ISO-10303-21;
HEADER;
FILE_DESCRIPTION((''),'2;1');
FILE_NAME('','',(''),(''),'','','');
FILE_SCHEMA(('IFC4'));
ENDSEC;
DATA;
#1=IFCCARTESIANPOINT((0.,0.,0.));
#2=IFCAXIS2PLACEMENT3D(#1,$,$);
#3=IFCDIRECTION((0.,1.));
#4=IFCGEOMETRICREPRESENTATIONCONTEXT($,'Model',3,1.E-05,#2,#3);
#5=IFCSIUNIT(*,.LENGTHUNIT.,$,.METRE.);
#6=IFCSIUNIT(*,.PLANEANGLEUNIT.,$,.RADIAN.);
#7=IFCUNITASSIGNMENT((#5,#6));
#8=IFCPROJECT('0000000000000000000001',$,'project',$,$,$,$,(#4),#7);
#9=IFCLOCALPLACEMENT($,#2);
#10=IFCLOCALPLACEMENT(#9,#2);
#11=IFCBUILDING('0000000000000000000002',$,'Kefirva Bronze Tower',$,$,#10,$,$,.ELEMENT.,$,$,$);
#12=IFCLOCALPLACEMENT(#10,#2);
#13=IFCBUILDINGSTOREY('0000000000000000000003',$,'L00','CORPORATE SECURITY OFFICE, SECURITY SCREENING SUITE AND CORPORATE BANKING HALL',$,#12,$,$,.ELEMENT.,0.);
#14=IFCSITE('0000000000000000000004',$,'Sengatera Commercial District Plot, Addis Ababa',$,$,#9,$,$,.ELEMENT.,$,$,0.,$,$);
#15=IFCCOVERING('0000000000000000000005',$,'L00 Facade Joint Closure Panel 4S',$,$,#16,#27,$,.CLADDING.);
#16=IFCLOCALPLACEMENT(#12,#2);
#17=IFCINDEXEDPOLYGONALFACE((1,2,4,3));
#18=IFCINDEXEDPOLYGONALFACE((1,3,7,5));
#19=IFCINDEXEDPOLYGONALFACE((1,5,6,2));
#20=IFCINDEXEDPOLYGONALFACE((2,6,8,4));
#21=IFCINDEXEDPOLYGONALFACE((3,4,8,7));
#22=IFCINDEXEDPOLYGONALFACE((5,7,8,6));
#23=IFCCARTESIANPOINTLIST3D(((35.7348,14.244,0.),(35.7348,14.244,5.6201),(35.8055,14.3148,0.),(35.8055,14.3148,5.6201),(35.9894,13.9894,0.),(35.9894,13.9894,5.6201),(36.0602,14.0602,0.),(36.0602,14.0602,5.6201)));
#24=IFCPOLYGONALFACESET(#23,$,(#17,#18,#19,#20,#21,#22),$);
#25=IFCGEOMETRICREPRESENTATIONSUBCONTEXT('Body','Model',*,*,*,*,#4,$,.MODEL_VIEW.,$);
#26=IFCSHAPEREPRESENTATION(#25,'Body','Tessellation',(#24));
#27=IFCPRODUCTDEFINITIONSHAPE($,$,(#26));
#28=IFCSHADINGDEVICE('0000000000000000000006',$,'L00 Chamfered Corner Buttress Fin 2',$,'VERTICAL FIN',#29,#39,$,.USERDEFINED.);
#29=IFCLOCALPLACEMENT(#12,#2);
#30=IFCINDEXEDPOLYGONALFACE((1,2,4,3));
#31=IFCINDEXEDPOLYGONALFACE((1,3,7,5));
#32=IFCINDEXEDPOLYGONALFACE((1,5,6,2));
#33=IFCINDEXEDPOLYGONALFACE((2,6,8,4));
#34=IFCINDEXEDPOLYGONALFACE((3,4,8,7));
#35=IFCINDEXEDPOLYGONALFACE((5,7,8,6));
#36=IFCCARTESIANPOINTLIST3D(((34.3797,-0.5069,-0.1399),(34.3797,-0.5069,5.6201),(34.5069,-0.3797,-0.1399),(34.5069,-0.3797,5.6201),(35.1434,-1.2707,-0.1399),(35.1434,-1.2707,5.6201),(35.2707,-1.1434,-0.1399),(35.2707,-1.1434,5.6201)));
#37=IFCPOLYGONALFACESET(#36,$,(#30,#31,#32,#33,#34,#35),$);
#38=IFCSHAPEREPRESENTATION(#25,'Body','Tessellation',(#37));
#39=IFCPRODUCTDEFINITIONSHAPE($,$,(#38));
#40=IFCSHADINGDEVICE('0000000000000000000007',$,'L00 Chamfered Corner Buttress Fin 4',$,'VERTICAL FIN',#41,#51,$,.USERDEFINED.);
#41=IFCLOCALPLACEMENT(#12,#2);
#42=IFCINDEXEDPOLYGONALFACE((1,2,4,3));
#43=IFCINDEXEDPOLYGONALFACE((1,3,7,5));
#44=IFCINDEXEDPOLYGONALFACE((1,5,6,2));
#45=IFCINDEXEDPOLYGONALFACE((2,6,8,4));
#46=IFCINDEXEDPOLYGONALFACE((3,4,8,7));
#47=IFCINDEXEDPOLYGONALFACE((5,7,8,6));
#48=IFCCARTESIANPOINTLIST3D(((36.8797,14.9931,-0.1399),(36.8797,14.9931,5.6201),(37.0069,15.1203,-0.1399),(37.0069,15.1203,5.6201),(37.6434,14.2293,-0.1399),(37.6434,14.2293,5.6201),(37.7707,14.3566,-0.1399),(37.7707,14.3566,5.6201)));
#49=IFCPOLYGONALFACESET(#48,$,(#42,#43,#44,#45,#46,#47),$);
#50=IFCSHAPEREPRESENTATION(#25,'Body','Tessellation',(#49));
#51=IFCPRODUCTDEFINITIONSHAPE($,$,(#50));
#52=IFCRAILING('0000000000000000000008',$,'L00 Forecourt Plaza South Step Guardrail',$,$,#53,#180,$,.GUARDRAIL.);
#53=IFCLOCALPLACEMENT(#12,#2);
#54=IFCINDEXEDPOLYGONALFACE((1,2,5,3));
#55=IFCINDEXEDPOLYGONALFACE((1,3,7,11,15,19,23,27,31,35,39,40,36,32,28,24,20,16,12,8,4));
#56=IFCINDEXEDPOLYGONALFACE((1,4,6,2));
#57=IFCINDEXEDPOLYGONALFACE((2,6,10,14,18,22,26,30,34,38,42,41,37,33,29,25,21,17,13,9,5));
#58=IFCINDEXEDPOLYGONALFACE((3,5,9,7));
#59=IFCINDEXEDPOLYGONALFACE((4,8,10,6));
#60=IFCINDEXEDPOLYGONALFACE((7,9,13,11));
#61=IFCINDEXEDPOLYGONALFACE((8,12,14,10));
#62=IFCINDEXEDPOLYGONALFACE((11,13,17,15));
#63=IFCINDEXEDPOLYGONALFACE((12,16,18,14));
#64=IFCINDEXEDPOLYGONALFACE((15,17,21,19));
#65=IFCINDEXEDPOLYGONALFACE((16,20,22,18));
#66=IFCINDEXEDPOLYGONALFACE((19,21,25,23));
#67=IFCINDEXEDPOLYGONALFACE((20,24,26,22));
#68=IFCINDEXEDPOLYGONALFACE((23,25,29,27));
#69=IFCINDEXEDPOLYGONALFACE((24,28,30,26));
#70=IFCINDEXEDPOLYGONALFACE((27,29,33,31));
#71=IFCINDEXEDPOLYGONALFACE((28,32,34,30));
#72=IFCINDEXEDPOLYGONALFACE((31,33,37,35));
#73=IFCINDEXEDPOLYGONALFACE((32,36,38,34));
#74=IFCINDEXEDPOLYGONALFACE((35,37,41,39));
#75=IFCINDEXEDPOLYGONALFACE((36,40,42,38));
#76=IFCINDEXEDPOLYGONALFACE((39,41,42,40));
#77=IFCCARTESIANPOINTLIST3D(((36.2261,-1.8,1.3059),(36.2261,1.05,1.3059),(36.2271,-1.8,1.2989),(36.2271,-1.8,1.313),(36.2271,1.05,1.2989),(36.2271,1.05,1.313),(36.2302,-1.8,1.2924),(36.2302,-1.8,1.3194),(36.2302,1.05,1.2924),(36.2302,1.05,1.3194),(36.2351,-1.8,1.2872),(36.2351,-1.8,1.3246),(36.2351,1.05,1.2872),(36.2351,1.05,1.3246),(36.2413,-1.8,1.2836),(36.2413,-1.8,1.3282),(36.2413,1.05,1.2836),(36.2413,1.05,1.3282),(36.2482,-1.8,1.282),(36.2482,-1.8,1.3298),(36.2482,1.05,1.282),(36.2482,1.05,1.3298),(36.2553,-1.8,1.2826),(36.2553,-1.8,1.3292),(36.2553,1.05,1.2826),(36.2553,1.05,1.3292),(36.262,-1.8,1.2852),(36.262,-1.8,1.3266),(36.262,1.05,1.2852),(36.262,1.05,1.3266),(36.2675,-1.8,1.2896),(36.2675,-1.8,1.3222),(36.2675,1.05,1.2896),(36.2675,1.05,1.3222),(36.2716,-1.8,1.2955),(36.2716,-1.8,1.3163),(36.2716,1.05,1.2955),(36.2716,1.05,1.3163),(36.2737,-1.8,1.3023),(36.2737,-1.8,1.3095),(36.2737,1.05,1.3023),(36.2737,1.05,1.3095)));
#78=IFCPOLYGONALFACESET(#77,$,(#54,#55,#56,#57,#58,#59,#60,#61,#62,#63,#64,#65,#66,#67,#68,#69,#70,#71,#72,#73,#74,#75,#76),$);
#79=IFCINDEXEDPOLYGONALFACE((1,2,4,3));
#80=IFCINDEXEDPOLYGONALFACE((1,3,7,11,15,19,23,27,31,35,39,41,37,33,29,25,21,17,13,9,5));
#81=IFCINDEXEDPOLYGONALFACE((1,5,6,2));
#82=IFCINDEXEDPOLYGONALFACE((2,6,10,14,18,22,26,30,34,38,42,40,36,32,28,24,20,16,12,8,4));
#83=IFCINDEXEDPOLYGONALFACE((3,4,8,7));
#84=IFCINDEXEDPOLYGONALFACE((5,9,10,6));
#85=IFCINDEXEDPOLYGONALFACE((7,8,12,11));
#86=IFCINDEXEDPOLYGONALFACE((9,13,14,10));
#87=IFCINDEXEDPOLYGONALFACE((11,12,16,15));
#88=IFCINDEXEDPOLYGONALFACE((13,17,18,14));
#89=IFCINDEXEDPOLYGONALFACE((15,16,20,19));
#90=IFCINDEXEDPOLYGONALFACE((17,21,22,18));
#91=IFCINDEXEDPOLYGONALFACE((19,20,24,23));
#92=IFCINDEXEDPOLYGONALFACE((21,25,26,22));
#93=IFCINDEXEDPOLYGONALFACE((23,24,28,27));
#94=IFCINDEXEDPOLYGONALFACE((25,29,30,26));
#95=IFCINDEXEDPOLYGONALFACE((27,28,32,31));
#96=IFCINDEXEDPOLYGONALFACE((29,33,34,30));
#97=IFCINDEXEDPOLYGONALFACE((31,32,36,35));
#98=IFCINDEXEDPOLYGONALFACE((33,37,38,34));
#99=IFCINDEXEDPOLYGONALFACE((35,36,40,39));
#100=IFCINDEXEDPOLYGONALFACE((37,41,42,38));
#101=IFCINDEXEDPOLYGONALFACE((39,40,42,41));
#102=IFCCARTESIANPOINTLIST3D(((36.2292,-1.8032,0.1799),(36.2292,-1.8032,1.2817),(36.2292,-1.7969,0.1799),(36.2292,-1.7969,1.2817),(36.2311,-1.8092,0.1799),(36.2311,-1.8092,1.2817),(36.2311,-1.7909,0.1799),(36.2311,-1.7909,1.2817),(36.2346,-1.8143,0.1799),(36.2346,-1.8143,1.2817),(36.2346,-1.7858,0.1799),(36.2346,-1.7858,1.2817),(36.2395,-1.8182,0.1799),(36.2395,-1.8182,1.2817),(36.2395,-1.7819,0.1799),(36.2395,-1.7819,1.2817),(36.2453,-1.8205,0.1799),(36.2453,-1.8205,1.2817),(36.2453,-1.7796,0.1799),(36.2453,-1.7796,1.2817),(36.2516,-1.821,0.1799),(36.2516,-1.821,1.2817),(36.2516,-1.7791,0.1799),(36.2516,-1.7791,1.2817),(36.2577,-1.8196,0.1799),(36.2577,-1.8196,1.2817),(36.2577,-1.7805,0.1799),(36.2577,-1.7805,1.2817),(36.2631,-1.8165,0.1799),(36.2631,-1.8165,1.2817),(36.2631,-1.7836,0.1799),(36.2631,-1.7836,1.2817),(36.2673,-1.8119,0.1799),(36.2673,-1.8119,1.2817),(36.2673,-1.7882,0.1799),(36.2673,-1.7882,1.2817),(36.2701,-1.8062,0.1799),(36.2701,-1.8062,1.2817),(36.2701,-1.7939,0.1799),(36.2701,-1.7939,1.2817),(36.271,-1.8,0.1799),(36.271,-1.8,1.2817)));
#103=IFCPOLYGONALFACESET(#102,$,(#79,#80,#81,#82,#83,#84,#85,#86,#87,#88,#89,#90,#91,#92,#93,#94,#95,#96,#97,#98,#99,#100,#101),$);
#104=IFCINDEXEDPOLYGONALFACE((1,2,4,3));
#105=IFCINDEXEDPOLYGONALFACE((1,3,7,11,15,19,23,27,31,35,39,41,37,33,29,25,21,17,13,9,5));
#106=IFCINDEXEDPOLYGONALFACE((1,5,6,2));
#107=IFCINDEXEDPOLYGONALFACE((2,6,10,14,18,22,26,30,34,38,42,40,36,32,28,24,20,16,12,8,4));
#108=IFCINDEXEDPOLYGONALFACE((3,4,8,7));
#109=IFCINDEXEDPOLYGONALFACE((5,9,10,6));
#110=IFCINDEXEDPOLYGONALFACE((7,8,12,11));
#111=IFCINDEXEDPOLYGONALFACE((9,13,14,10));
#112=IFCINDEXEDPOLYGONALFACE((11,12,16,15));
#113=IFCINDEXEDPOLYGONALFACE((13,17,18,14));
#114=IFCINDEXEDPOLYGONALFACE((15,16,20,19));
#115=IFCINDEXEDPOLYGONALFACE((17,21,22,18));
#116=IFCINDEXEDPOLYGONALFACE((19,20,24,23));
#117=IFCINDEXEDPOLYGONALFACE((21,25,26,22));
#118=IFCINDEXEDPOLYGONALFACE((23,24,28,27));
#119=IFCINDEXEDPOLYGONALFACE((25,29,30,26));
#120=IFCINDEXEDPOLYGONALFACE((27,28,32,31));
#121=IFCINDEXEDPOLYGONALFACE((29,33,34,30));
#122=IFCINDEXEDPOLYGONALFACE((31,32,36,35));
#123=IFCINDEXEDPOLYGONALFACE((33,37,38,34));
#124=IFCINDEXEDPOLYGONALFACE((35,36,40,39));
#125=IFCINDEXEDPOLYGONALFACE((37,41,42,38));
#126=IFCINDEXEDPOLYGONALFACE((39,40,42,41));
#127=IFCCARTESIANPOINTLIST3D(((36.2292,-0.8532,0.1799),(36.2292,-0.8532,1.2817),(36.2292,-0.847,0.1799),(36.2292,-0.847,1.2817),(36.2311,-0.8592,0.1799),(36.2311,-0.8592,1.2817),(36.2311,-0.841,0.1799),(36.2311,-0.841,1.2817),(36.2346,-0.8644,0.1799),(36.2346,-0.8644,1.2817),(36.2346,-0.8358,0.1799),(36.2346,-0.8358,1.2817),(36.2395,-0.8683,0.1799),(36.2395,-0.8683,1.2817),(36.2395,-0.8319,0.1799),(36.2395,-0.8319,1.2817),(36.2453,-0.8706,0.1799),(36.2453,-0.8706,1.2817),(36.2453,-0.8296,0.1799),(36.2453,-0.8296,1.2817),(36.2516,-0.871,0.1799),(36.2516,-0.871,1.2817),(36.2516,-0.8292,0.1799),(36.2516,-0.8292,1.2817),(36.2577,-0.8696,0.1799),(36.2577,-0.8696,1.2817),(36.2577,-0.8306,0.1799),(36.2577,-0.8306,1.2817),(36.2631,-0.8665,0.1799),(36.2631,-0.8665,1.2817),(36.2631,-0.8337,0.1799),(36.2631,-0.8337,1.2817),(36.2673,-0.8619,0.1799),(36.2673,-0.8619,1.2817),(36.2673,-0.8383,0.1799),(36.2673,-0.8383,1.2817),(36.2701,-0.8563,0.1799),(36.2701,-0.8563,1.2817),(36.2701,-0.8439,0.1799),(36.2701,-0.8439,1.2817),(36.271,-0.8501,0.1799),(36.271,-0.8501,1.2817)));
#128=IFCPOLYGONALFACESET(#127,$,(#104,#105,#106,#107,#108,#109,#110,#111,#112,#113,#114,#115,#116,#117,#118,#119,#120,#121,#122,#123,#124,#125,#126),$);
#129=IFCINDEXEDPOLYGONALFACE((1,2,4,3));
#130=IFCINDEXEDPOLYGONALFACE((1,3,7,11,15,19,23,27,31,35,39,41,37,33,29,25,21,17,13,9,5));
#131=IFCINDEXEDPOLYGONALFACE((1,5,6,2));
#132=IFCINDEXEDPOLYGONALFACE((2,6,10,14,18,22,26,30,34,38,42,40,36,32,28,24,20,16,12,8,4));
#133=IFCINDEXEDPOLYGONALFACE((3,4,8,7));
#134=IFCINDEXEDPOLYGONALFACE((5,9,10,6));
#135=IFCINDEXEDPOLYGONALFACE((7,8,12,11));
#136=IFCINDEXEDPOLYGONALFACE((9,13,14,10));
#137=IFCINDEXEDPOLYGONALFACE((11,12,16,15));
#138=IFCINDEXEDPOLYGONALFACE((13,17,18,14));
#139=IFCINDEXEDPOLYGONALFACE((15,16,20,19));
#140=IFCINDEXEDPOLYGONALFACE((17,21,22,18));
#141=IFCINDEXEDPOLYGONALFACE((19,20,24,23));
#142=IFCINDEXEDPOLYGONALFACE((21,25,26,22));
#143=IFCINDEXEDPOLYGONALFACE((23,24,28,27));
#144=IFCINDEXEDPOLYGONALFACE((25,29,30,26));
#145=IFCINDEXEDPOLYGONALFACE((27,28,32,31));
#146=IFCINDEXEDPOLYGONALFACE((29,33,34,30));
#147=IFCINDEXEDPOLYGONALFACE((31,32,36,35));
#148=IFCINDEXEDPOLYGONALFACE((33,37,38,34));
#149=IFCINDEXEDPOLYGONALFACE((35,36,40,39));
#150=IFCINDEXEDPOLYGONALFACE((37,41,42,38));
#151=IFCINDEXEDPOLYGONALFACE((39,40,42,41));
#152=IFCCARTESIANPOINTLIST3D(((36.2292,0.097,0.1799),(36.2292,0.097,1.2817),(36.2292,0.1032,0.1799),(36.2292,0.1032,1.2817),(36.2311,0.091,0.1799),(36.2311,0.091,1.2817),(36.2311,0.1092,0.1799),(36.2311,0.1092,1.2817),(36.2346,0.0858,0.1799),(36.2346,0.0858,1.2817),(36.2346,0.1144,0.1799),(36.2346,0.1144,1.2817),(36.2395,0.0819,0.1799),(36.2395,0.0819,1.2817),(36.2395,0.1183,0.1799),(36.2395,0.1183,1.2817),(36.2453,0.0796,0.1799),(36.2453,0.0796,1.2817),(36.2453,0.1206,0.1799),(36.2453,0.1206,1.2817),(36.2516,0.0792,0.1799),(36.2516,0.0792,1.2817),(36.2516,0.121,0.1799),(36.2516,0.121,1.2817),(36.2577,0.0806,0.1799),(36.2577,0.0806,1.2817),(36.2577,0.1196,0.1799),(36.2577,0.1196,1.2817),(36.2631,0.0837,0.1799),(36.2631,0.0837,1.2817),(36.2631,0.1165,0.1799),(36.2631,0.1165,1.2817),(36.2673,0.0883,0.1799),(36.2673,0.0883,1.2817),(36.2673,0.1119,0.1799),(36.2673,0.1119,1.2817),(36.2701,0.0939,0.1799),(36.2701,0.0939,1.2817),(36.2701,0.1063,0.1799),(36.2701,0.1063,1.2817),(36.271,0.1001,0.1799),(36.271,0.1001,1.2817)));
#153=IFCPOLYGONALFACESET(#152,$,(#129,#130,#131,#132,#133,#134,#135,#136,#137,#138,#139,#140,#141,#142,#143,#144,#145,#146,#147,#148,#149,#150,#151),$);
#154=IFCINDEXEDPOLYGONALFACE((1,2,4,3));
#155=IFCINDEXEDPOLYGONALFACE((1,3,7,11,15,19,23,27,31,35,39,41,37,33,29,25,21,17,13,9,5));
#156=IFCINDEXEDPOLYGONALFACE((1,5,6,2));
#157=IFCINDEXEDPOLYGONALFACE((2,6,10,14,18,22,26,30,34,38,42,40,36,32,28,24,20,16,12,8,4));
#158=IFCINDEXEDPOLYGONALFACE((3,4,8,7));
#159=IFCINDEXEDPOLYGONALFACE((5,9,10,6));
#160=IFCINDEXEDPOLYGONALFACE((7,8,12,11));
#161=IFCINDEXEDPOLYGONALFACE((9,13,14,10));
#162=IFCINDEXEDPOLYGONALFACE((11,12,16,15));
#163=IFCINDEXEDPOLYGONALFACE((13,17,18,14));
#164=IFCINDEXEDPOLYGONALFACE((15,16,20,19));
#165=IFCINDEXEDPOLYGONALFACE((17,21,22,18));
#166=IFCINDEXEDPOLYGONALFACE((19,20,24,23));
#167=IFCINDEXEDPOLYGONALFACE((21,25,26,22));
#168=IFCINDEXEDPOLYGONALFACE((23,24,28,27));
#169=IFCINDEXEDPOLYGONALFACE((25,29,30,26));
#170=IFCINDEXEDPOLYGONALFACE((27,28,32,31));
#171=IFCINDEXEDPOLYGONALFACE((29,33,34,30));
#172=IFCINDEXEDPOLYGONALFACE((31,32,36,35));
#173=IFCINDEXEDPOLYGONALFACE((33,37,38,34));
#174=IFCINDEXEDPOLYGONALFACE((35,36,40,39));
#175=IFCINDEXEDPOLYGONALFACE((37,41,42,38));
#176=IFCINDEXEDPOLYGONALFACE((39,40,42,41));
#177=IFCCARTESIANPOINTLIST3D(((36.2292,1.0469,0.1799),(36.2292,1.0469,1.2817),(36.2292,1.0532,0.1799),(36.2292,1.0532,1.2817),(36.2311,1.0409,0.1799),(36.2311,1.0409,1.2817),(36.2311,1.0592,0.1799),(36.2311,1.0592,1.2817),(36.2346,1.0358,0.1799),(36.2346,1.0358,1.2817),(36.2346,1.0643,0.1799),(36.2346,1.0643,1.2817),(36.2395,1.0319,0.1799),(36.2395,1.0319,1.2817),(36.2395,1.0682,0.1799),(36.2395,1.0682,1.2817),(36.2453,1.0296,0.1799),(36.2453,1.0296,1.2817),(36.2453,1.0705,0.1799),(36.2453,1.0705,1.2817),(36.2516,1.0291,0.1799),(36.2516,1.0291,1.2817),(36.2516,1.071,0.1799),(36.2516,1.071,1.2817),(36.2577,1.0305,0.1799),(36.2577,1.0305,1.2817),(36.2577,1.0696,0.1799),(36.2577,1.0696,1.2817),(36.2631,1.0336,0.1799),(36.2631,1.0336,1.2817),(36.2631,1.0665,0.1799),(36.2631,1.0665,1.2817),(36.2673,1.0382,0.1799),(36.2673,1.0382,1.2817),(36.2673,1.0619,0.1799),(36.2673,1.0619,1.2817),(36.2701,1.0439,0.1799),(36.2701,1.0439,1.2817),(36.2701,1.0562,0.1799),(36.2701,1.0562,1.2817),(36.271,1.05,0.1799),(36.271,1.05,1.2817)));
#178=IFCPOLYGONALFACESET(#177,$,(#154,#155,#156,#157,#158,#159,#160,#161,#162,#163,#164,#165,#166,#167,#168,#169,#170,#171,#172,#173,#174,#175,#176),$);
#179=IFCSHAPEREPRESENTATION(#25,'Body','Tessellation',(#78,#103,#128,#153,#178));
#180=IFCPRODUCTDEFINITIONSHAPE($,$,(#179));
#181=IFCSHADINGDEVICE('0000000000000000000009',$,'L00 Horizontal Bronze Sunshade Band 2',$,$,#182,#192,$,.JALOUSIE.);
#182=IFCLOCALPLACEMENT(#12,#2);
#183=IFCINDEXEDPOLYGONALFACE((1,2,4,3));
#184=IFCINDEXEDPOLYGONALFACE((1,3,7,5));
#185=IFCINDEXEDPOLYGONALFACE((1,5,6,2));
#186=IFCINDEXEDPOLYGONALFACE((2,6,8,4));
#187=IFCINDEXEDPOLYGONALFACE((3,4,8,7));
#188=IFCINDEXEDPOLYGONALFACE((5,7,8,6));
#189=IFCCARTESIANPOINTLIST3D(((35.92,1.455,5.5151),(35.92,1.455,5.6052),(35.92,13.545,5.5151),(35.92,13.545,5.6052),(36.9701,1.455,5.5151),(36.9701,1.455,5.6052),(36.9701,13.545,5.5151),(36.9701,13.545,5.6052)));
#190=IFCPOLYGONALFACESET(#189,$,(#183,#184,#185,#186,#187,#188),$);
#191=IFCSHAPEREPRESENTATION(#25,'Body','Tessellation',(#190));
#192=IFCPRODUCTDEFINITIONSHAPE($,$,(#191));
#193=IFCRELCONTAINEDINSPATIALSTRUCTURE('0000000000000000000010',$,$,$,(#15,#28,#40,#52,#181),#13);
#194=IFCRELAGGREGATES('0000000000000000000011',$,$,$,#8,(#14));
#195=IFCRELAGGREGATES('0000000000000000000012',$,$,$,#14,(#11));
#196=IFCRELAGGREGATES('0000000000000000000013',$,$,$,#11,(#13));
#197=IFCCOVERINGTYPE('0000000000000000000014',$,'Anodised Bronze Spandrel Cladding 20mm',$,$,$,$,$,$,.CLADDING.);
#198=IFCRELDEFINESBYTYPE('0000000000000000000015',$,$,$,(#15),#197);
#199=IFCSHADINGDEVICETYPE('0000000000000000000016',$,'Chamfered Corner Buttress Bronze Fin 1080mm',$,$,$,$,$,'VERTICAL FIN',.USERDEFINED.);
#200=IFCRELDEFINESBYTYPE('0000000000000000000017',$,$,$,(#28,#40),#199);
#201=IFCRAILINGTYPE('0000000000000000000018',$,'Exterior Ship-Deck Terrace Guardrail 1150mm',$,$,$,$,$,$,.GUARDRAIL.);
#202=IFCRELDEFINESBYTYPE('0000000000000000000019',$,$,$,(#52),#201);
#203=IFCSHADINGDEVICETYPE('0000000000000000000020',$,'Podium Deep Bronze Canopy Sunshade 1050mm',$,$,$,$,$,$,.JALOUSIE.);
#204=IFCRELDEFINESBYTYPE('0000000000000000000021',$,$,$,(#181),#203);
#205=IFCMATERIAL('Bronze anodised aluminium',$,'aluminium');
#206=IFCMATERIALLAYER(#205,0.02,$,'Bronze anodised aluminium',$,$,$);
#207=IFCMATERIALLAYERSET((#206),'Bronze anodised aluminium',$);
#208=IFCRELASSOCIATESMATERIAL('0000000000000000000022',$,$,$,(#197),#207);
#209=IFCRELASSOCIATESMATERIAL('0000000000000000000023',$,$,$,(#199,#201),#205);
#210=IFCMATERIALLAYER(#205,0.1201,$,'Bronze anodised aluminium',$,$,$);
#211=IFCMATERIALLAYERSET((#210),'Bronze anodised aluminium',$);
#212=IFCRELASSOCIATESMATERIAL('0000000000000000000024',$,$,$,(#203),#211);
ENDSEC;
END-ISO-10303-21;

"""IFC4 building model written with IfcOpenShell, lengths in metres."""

from ifc_helpers import new_model, si_unit, direction, frame, origin, origin_2d, place, context, subcontext, project, spatial, rectangle, circle, extrude, material, layer, layer_set, material_profile, profile_set, type_object, element, save


model = new_model("IFC4")

# Units and contexts
model_context = context("Model", 3, precision=1e-05, world=origin(), true_north=direction((0.0, 1.0)))
body_context = subcontext(model_context, "Body", "Model", "MODEL_VIEW")
ifc_project = project(units=[si_unit("LENGTHUNIT", "METRE"), si_unit("PLANEANGLEUNIT", "RADIAN")], contexts=[model_context])

# Site, building, storey
site_placement = place(None, origin())
site = spatial("IfcSite", under=ifc_project, at=site_placement, Name="Sengatera Commercial District Plot, Addis Ababa", CompositionType="ELEMENT", RefElevation=0.0)
building_placement = place(site_placement, origin())
building = spatial("IfcBuilding", under=site, at=building_placement, Name="Kefirva Bronze Tower", CompositionType="ELEMENT")
storey_placement = place(building_placement, origin())
storey = spatial("IfcBuildingStorey", under=building, at=storey_placement, Name="L00", Description="CORPORATE SECURITY OFFICE, SECURITY SCREENING SUITE AND CORPORATE BANKING HALL", CompositionType="ELEMENT", Elevation=0.0)

# Shared definitions
ifc_material_1 = material(Name="Bronze anodised aluminium", Category="aluminium")

# Covering
ifc_layer_1 = layer(ifc_material_1, 0.02, Name="Bronze anodised aluminium")
ifc_layer_set_1 = layer_set([ifc_layer_1], Name="Bronze anodised aluminium")
covering_type_1 = type_object("IfcCoveringType", Name="Anodised Bronze Spandrel Cladding 20mm", PredefinedType="CLADDING", material=ifc_layer_set_1)
for number, where, z_axis, x_axis, name in (
    (1, (35.8975, 14.1521, 0.0), (0.0, 0.0, 1.0), (0.707107, 0.707107, 0.0), "L00 Facade Joint Closure Panel 4S"),
):
    element("IfcCovering", number, at=place(storey_placement, frame(where, z_axis=z_axis, x_axis=x_axis)), inside=storey, type_object=covering_type_1, Name=name, PredefinedType="CLADDING", context=body_context, shape_type="SweptSolid", body=[
        extrude(rectangle(XDim=0.1001, YDim=0.3601, at=origin_2d()), origin(), (0.0, 0.0, 1.0), 5.6201),
    ])

# Shading devices
ifc_material_profile_1 = material_profile(ifc_material_1, rectangle(XDim=0.1799, YDim=1.0801, at=origin_2d()), Name="BRONZE BUTTRESS FIN 180x1080")
ifc_profile_set_1 = profile_set([ifc_material_profile_1], Name="Bronze anodised aluminium")
shading_device_type_1 = type_object("IfcShadingDeviceType", Name="Chamfered Corner Buttress Bronze Fin 1080mm", ElementType="VERTICAL FIN", PredefinedType="USERDEFINED", material=ifc_profile_set_1)
for number, where, z_axis, x_axis, name in (
    (2, (34.8252, -0.8252, -0.1399), (0.0, 0.0, 1.0), (0.707107, 0.707107, 0.0), "L00 Chamfered Corner Buttress Fin 2"),
    (3, (37.3252, 14.6748, -0.1399), (0.0, 0.0, 1.0), (0.707107, 0.707107, 0.0), "L00 Chamfered Corner Buttress Fin 4"),
):
    element("IfcShadingDevice", number, at=place(storey_placement, frame(where, z_axis=z_axis, x_axis=x_axis)), inside=storey, type_object=shading_device_type_1, Name=name, ObjectType="VERTICAL FIN", PredefinedType="USERDEFINED", context=body_context, shape_type="SweptSolid", body=[
        extrude(rectangle(XDim=0.1799, YDim=1.0801, at=origin_2d()), origin(), (0.0, 0.0, 1.0), 5.76),
    ])

# Railing
railing_type = type_object("IfcRailingType", Name="Exterior Ship-Deck Terrace Guardrail 1150mm", PredefinedType="GUARDRAIL", material=ifc_material_1)
railing_placement = place(storey_placement, frame((36.25, -1.8, 0.1799)))
element("IfcRailing", 4, at=railing_placement, inside=storey, type_object=railing_type, Name="L00 Forecourt Plaza South Step Guardrail", PredefinedType="GUARDRAIL", context=body_context, shape_type="SweptSolid", body=[
    extrude(circle(Radius=0.0239, at=origin_2d()), frame((0.0, 0.0, 1.126), z_axis=(0.0, 1.0, 0.0), x_axis=(-1.0, 0.0, 0.0)), (0.0, 0.0, 1.0), 2.8501),
    extrude(circle(Radius=0.021, at=origin_2d()), origin(), (0.0, 0.0, 1.0), 1.1018),
    extrude(circle(Radius=0.021, at=origin_2d()), frame((0.0, 0.95, 0.0)), (0.0, 0.0, 1.0), 1.1018),
    extrude(circle(Radius=0.021, at=origin_2d()), frame((0.0, 1.9001, 0.0)), (0.0, 0.0, 1.0), 1.1018),
    extrude(circle(Radius=0.021, at=origin_2d()), frame((0.0, 2.8501, 0.0)), (0.0, 0.0, 1.0), 1.1018),
])

# Shading device
ifc_layer_2 = layer(ifc_material_1, 0.1201, Name="Bronze anodised aluminium")
ifc_layer_set_2 = layer_set([ifc_layer_2], Name="Bronze anodised aluminium")
shading_device_type_2 = type_object("IfcShadingDeviceType", Name="Podium Deep Bronze Canopy Sunshade 1050mm", PredefinedType="JALOUSIE", material=ifc_layer_set_2)
shading_device_placement = place(storey_placement, frame((36.4451, 7.5, 5.5151), z_axis=(0.0, 0.0, 1.0), x_axis=(0.0, 1.0, 0.0)))
element("IfcShadingDevice", 5, at=shading_device_placement, inside=storey, type_object=shading_device_type_2, Name="L00 Horizontal Bronze Sunshade Band 2", PredefinedType="JALOUSIE", context=body_context, shape_type="SweptSolid", body=[
    extrude(rectangle(XDim=12.0901, YDim=1.05, at=origin_2d()), origin(), (0.0, 0.0, 1.0), 0.0901),
])

save(model, "model.ifc")
